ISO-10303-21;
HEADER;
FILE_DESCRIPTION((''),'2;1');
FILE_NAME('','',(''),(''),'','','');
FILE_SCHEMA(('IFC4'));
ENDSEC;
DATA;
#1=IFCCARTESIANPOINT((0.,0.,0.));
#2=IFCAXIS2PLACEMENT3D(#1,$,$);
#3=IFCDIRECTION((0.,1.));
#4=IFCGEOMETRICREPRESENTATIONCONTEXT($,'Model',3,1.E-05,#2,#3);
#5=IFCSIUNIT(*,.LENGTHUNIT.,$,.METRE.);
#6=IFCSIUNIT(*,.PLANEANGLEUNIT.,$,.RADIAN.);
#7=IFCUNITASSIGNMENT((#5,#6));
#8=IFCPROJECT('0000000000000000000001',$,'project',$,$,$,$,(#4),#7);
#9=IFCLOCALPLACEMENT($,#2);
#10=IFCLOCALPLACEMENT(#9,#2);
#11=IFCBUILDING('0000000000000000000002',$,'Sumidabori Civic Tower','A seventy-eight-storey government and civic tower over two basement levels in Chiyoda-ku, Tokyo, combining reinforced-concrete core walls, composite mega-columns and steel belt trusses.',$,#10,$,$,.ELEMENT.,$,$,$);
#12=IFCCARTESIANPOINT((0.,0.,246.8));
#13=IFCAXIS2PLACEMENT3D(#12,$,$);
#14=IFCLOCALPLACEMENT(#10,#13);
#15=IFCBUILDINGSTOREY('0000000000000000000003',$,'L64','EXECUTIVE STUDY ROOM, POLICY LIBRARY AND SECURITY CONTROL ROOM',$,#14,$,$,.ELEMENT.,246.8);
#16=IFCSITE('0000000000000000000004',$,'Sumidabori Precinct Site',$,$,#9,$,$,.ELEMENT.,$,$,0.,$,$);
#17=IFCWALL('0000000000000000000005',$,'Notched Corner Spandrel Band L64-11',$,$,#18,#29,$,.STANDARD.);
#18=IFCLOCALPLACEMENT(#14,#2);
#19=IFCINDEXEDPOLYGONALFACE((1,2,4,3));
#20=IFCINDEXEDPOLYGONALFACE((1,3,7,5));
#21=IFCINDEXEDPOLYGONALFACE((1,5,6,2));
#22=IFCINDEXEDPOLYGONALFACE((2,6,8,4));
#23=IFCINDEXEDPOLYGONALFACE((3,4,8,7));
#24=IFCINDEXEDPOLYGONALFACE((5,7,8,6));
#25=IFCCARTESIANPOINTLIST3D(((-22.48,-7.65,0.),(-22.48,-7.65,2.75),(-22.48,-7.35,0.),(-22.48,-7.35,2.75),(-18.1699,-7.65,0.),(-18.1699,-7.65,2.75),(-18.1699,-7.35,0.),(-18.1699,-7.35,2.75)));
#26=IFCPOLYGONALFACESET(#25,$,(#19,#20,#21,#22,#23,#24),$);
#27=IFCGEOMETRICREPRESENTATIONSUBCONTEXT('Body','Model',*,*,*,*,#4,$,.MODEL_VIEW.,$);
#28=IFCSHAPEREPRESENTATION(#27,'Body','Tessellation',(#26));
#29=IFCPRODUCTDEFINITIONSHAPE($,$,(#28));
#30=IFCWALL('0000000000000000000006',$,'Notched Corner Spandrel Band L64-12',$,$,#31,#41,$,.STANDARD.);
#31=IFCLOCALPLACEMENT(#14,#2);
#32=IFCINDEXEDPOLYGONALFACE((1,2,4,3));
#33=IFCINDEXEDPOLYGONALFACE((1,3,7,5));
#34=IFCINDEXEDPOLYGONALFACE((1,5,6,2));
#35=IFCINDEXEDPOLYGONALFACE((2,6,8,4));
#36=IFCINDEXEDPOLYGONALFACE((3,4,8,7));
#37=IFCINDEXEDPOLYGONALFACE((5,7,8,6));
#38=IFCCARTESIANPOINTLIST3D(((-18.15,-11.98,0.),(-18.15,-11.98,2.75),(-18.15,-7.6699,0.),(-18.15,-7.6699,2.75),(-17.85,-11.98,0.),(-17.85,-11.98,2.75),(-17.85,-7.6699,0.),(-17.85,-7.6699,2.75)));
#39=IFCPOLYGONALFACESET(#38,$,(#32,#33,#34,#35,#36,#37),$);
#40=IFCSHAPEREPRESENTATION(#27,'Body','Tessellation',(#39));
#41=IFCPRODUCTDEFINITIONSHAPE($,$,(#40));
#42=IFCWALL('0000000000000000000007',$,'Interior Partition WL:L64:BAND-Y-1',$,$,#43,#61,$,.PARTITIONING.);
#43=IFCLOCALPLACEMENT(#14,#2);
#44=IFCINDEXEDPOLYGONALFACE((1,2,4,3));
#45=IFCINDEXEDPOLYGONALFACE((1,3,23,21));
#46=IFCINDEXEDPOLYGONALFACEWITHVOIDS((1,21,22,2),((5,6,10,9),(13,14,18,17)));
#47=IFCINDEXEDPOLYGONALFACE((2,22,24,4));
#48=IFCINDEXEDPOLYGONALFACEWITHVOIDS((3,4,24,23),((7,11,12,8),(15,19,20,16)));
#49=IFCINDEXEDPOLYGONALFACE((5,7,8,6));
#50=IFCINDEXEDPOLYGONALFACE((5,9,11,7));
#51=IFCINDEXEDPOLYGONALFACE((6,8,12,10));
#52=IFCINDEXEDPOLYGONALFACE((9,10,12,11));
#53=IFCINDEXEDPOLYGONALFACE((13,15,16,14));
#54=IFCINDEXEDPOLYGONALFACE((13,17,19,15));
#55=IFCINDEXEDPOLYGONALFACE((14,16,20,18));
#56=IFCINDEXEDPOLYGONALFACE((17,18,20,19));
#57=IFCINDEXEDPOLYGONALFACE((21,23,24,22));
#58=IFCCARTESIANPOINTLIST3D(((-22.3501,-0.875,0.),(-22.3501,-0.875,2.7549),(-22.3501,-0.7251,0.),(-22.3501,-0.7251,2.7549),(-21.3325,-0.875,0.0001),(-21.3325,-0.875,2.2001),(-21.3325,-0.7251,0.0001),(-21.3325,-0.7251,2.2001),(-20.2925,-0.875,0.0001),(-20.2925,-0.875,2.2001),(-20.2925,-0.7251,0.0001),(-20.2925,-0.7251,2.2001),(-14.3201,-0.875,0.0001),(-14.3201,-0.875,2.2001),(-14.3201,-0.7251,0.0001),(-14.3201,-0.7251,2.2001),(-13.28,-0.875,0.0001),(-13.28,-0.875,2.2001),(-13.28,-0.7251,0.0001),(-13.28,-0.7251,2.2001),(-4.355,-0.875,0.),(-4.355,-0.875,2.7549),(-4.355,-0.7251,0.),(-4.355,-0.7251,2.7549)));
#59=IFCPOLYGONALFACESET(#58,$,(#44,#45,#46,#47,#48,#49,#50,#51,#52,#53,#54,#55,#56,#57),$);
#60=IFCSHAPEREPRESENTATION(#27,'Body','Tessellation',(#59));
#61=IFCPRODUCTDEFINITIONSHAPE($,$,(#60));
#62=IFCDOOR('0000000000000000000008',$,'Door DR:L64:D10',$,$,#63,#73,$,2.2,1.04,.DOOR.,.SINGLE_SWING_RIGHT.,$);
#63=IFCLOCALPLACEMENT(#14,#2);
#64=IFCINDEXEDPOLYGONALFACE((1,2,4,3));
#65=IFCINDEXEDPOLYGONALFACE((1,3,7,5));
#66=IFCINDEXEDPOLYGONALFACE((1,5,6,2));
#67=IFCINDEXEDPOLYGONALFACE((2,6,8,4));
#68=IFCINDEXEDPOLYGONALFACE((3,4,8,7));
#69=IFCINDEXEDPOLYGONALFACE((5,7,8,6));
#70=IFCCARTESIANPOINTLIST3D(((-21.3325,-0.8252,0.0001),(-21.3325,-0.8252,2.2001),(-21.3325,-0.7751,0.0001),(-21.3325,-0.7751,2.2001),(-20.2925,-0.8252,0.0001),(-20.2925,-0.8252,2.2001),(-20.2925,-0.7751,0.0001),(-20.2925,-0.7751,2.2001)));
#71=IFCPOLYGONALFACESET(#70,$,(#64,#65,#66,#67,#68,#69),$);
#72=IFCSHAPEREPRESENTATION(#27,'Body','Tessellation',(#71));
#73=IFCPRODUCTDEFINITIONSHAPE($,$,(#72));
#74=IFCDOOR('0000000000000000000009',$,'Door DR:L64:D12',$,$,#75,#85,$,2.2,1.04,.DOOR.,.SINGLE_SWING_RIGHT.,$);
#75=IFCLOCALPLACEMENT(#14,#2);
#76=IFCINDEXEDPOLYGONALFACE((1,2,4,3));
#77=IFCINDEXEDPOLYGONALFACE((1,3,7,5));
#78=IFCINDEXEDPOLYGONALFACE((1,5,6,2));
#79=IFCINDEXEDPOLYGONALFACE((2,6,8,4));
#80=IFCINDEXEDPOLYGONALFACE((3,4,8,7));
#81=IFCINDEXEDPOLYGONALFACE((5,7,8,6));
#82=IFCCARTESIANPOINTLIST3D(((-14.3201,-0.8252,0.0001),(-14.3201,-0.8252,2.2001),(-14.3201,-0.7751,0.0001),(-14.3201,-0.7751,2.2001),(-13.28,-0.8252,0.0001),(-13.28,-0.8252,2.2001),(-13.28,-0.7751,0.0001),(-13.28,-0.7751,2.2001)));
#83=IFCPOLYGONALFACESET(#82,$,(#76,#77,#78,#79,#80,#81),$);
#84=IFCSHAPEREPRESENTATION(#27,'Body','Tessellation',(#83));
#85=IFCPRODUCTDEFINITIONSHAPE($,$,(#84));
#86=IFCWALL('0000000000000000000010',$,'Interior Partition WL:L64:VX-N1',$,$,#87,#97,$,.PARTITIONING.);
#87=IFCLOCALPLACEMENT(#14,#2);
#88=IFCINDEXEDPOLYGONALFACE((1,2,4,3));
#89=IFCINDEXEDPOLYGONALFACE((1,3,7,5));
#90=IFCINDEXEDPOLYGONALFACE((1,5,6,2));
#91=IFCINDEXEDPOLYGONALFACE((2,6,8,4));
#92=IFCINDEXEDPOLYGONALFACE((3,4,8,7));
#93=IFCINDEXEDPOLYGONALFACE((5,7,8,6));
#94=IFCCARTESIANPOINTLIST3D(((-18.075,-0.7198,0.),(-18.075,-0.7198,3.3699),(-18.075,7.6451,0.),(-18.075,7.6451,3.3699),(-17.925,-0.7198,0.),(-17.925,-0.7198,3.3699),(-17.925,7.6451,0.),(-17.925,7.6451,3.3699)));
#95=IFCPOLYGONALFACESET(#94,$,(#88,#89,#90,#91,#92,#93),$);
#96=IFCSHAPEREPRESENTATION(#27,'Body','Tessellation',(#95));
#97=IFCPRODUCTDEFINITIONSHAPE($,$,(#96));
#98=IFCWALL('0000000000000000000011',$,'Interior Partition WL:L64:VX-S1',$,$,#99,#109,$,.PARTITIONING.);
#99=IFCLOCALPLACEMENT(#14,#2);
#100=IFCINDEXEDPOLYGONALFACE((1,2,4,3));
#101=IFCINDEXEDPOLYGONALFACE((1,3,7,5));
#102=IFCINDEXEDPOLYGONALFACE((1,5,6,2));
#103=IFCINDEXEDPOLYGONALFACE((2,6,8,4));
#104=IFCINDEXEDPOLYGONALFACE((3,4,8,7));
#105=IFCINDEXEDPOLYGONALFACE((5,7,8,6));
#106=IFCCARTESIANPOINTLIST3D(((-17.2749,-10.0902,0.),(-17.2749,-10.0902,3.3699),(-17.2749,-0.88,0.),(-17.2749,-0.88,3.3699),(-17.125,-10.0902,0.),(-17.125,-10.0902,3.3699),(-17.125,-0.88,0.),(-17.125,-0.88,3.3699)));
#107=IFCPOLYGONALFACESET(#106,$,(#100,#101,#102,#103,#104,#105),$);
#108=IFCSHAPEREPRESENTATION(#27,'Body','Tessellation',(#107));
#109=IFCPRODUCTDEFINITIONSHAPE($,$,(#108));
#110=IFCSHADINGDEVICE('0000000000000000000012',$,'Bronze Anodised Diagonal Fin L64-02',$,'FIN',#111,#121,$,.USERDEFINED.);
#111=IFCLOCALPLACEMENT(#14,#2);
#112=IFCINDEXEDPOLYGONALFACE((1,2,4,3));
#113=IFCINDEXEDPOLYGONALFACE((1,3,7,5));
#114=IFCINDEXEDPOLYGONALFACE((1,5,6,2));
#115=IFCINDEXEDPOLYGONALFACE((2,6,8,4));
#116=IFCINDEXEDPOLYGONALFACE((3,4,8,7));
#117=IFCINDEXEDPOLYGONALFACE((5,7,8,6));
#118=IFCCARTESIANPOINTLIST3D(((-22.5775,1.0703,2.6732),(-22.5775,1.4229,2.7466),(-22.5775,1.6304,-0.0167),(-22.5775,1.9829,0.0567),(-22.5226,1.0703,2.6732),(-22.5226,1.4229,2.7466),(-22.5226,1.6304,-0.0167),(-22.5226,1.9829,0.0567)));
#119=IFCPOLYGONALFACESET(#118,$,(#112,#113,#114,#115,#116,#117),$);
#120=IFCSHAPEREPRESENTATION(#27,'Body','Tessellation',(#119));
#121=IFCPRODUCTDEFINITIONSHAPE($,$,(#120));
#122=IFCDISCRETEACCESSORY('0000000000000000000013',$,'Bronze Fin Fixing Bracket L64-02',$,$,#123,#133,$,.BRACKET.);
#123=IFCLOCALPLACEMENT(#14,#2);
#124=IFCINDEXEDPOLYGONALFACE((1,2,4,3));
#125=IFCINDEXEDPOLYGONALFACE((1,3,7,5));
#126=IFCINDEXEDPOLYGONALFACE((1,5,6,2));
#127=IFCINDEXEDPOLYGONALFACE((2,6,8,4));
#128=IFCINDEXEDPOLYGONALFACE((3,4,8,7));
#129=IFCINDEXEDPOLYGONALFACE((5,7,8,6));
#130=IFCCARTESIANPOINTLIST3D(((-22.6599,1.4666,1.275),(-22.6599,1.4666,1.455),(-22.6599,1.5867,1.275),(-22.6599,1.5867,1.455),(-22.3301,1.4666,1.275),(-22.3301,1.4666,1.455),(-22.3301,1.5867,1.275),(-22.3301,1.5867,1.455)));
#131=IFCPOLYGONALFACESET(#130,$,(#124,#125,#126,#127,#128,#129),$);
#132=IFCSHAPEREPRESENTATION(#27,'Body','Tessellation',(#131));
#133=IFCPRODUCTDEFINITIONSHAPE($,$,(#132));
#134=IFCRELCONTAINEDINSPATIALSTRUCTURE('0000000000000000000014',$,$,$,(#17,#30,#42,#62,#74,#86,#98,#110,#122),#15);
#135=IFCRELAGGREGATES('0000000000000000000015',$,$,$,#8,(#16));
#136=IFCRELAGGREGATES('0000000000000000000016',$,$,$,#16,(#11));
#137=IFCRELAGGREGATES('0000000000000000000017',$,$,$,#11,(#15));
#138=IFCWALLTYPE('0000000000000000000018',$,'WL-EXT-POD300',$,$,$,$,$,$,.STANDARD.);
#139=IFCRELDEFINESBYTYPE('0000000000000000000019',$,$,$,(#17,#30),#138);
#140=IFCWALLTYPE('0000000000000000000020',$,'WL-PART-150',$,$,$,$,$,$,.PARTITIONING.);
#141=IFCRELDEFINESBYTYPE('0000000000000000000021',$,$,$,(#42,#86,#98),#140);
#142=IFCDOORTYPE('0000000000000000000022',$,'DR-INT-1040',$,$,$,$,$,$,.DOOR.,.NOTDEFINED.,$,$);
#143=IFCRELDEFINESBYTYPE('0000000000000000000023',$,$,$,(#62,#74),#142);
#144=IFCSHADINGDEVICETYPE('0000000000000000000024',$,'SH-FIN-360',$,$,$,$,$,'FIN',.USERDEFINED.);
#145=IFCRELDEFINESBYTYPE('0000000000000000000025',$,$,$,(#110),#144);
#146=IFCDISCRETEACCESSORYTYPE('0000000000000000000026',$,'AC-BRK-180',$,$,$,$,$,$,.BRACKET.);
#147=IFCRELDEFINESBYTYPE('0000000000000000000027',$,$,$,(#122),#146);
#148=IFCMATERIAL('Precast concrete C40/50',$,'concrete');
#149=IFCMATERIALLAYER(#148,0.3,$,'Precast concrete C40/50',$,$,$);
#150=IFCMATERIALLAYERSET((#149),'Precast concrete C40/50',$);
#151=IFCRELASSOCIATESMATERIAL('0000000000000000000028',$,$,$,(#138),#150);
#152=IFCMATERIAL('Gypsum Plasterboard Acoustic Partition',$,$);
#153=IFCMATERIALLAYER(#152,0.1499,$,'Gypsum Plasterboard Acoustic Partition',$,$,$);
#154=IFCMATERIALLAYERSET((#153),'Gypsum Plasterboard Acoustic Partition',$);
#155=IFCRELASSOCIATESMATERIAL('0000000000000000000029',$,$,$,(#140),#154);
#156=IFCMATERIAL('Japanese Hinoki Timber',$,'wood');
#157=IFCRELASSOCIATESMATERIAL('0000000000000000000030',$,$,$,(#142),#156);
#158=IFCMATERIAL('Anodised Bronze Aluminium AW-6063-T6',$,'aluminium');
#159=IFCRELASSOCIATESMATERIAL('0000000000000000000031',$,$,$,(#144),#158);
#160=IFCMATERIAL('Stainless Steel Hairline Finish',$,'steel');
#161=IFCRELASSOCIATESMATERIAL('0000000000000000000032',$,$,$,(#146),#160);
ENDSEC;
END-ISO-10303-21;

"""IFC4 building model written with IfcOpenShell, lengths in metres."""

from ifc_helpers import new_model, si_unit, direction, frame, frame_2d, origin, origin_2d, place, context, subcontext, project, spatial, rectangle, extrude, source, transform, mapped, material, layer, layer_set, material_profile, profile_set, type_object, element, fill, save


model = new_model("IFC4")

# Units and contexts
model_context = context("Model", 3, precision=1e-05, world=origin(), true_north=direction((0.0, 1.0)))
body_context = subcontext(model_context, "Body", "Model", "MODEL_VIEW")
ifc_project = project(units=[si_unit("LENGTHUNIT", "METRE"), si_unit("PLANEANGLEUNIT", "RADIAN")], contexts=[model_context])

# Site, building, storey
site_placement = place(None, origin())
site = spatial("IfcSite", under=ifc_project, at=site_placement, Name="Sumidabori Precinct Site", CompositionType="ELEMENT", RefElevation=0.0)
building_placement = place(site_placement, origin())
building = spatial("IfcBuilding", under=site, at=building_placement, Name="Sumidabori Civic Tower", Description="A seventy-eight-storey government and civic tower over two basement levels in Chiyoda-ku, Tokyo, combining reinforced-concrete core walls, composite mega-columns and steel belt trusses.", CompositionType="ELEMENT")
storey_placement = place(building_placement, frame((0.0, 0.0, 246.8)))
storey = spatial("IfcBuildingStorey", under=building, at=storey_placement, Name="L64", Description="EXECUTIVE STUDY ROOM, POLICY LIBRARY AND SECURITY CONTROL ROOM", CompositionType="ELEMENT", Elevation=246.8)

# Shared definitions
ifc_material_1 = material(Name="Anodised Bronze Aluminium AW-6063-T6", Category="aluminium")

# Walls
ifc_material_2 = material(Name="Precast concrete C40/50", Category="concrete")
ifc_layer_1 = layer(ifc_material_2, 0.3, Name="Precast concrete C40/50")
ifc_layer_set_1 = layer_set([ifc_layer_1], Name="Precast concrete C40/50")
wall_type_1 = type_object("IfcWallType", Name="WL-EXT-POD300", PredefinedType="STANDARD", material=ifc_layer_set_1)
shared_shape_1 = source(origin(), body_context, "Body", "SweptSolid", [
    extrude(rectangle(XDim=4.3101, YDim=0.3, at=frame_2d((2.155, 0.0))), origin(), (0.0, 0.0, 1.0), 2.75),
])
for number, where, z_axis, x_axis, name in (
    (1, (-22.48, -7.5, 0.0), (0.0, 0.0, 1.0), (1.0, 0.0, 0.0), "Notched Corner Spandrel Band L64-11"),
    (2, (-18.0, -7.6699, 0.0), (0.0, 0.0, 1.0), (0.0, -1.0, 0.0), "Notched Corner Spandrel Band L64-12"),
):
    element("IfcWall", number, at=place(storey_placement, frame(where, z_axis=z_axis, x_axis=x_axis)), inside=storey, type_object=wall_type_1, Name=name, PredefinedType="STANDARD", context=body_context, shape_type="MappedRepresentation", body=[
        mapped(shared_shape_1, transform((0.0, 0.0, 0.0), x_axis=(1.0, 0.0, 0.0), y_axis=(0.0, 1.0, 0.0), z_axis=(0.0, 0.0, 1.0), scale=1.0)),
    ])

# Wall, openings, doors
ifc_material_3 = material(Name="Gypsum Plasterboard Acoustic Partition")
ifc_layer_2 = layer(ifc_material_3, 0.1499, Name="Gypsum Plasterboard Acoustic Partition")
ifc_layer_set_2 = layer_set([ifc_layer_2], Name="Gypsum Plasterboard Acoustic Partition")
wall_type_2 = type_object("IfcWallType", Name="WL-PART-150", PredefinedType="PARTITIONING", material=ifc_layer_set_2)
shared_shape_2 = source(origin(), body_context, "Body", "SweptSolid", [
    extrude(rectangle(XDim=17.9951, YDim=0.1499, at=frame_2d((8.9976, 0.0))), origin(), (0.0, 0.0, 1.0), 2.7549),
])
wall_1_placement = place(storey_placement, frame((-22.3501, -0.8, 0.0), z_axis=(0.0, 0.0, 1.0), x_axis=(1.0, 0.0, 0.0)))
wall_1 = element("IfcWall", 3, at=wall_1_placement, inside=storey, type_object=wall_type_2, Name="Interior Partition WL:L64:BAND-Y-1", PredefinedType="PARTITIONING", context=body_context, shape_type="MappedRepresentation", body=[
    mapped(shared_shape_2, transform((0.0, 0.0, 0.0), x_axis=(1.0, 0.0, 0.0), y_axis=(0.0, 1.0, 0.0), z_axis=(0.0, 0.0, 1.0), scale=1.0)),
])
opening_1_placement = place(wall_1_placement, frame((1.0176, 0.0, 0.0)))
opening_1 = element("IfcOpeningElement", 4, at=opening_1_placement, cuts=wall_1, PredefinedType="OPENING", context=body_context, shape_type="SweptSolid", body=[
    extrude(rectangle(XDim=1.04, YDim=2.2, at=frame_2d((0.52, 1.1001))), frame((0.0, 0.0869, 0.0), z_axis=(0.0, -1.0, 0.0), x_axis=(1.0, 0.0, 0.0)), (0.0, 0.0, 1.0), 0.1738),
])
opening_2_placement = place(wall_1_placement, frame((8.03, 0.0, 0.0)))
opening_2 = element("IfcOpeningElement", 5, at=opening_2_placement, cuts=wall_1, PredefinedType="OPENING", context=body_context, shape_type="SweptSolid", body=[
    extrude(rectangle(XDim=1.04, YDim=2.2, at=frame_2d((0.52, 1.1001))), frame((0.0, 0.0869, 0.0), z_axis=(0.0, -1.0, 0.0), x_axis=(1.0, 0.0, 0.0)), (0.0, 0.0, 1.0), 0.1738),
])
ifc_material_4 = material(Name="Japanese Hinoki Timber", Category="wood")
door_type = type_object("IfcDoorType", Name="DR-INT-1040", OperationType="NOTDEFINED", PredefinedType="DOOR", material=ifc_material_4)
shared_shape_3 = source(origin(), body_context, "Body", "SweptSolid", [
    extrude(rectangle(XDim=1.04, YDim=2.2, at=frame_2d((0.52, 1.1001))), frame((0.0, 0.0249, 0.0), z_axis=(0.0, -1.0, 0.0), x_axis=(1.0, 0.0, 0.0)), (0.0, 0.0, 1.0), 0.05),
])
door_1_placement = place(opening_1_placement, origin())
door_1 = element("IfcDoor", 6, at=door_1_placement, inside=storey, type_object=door_type, Name="Door DR:L64:D10", OperationType="SINGLE_SWING_RIGHT", OverallHeight=2.2, OverallWidth=1.04, PredefinedType="DOOR", context=body_context, shape_type="MappedRepresentation", body=[
    mapped(shared_shape_3, transform((0.0, 0.0, 0.0), x_axis=(1.0, 0.0, 0.0), y_axis=(0.0, 1.0, 0.0), z_axis=(0.0, 0.0, 1.0), scale=1.0)),
])
fill(opening_1, door_1)
door_2_placement = place(opening_2_placement, origin())
door_2 = element("IfcDoor", 7, at=door_2_placement, inside=storey, type_object=door_type, Name="Door DR:L64:D12", OperationType="SINGLE_SWING_RIGHT", OverallHeight=2.2, OverallWidth=1.04, PredefinedType="DOOR", context=body_context, shape_type="MappedRepresentation", body=[
    mapped(shared_shape_3, transform((0.0, 0.0, 0.0), x_axis=(1.0, 0.0, 0.0), y_axis=(0.0, 1.0, 0.0), z_axis=(0.0, 0.0, 1.0), scale=1.0)),
])
fill(opening_2, door_2)

# Walls
shared_shape_4 = source(origin(), body_context, "Body", "SweptSolid", [
    extrude(rectangle(XDim=8.365, YDim=0.1499, at=frame_2d((4.1826, 0.0))), origin(), (0.0, 0.0, 1.0), 3.3699),
])
wall_2_placement = place(storey_placement, frame((-18.0, -0.72, 0.0), z_axis=(0.0, 0.0, 1.0), x_axis=(0.0, 1.0, 0.0)))
element("IfcWall", 8, at=wall_2_placement, inside=storey, type_object=wall_type_2, Name="Interior Partition WL:L64:VX-N1", PredefinedType="PARTITIONING", context=body_context, shape_type="MappedRepresentation", body=[
    mapped(shared_shape_4, transform((0.0, 0.0, 0.0), x_axis=(1.0, 0.0, 0.0), y_axis=(0.0, 1.0, 0.0), z_axis=(0.0, 0.0, 1.0), scale=1.0)),
])
shared_shape_5 = source(origin(), body_context, "Body", "SweptSolid", [
    extrude(rectangle(XDim=9.2102, YDim=0.1499, at=frame_2d((4.605, 0.0))), origin(), (0.0, 0.0, 1.0), 3.3699),
])
wall_3_placement = place(storey_placement, frame((-17.2, -10.0901, 0.0), z_axis=(0.0, 0.0, 1.0), x_axis=(0.0, 1.0, 0.0)))
element("IfcWall", 9, at=wall_3_placement, inside=storey, type_object=wall_type_2, Name="Interior Partition WL:L64:VX-S1", PredefinedType="PARTITIONING", context=body_context, shape_type="MappedRepresentation", body=[
    mapped(shared_shape_5, transform((0.0, 0.0, 0.0), x_axis=(1.0, 0.0, 0.0), y_axis=(0.0, 1.0, 0.0), z_axis=(0.0, 0.0, 1.0), scale=1.0)),
])

# Shading device
ifc_material_profile_1 = material_profile(ifc_material_1, rectangle(XDim=0.0549, YDim=0.3601, at=origin_2d()), Name="BRONZE FIN 360x55")
ifc_profile_set_1 = profile_set([ifc_material_profile_1], Name="Anodised Bronze Aluminium AW-6063-T6")
shading_device_type = type_object("IfcShadingDeviceType", Name="SH-FIN-360", ElementType="FIN", PredefinedType="USERDEFINED", material=ifc_profile_set_1)
shared_shape_6 = source(origin(), body_context, "Body", "SweptSolid", [
    extrude(rectangle(XDim=0.0549, YDim=0.3601, at=origin_2d()), origin(), (0.0, 0.0, 1.0), 2.7476),
])
shading_device_placement = place(storey_placement, frame((-22.55, 1.8066, 0.02), z_axis=(0.0, -0.203834, 0.979006), x_axis=(-1.0, 0.0, 0.0)))
element("IfcShadingDevice", 10, at=shading_device_placement, inside=storey, type_object=shading_device_type, Name="Bronze Anodised Diagonal Fin L64-02", ObjectType="FIN", PredefinedType="USERDEFINED", context=body_context, shape_type="MappedRepresentation", body=[
    mapped(shared_shape_6, transform((0.0, 0.0, 0.0), x_axis=(1.0, 0.0, 0.0), y_axis=(0.0, 1.0, 0.0), z_axis=(0.0, 0.0, 1.0), scale=1.0)),
])

# Discrete accessory
ifc_material_5 = material(Name="Stainless Steel Hairline Finish", Category="steel")
ifc_material_profile_2 = material_profile(ifc_material_5, rectangle(XDim=0.1201, YDim=0.1799, at=origin_2d()), Name="STEEL BRACKET 180x120")
ifc_profile_set_2 = profile_set([ifc_material_profile_2], Name="Stainless Steel Hairline Finish")
discrete_accessory_type = type_object("IfcDiscreteAccessoryType", Name="AC-BRK-180", PredefinedType="BRACKET", material=ifc_profile_set_2)
shared_shape_7 = source(origin(), body_context, "Body", "SweptSolid", [
    extrude(rectangle(XDim=0.1201, YDim=0.1799, at=origin_2d()), origin(), (0.0, 0.0, 1.0), 0.3298),
])
discrete_accessory_placement = place(storey_placement, frame((-22.3301, 1.5266, 1.365), z_axis=(-1.0, 0.0, 0.0), x_axis=(0.0, -1.0, 0.0)))
element("IfcDiscreteAccessory", 11, at=discrete_accessory_placement, inside=storey, type_object=discrete_accessory_type, Name="Bronze Fin Fixing Bracket L64-02", PredefinedType="BRACKET", context=body_context, shape_type="MappedRepresentation", body=[
    mapped(shared_shape_7, transform((0.0, 0.0, 0.0), x_axis=(1.0, 0.0, 0.0), y_axis=(0.0, 1.0, 0.0), z_axis=(0.0, 0.0, 1.0), scale=1.0)),
])

save(model, "model.ifc")
